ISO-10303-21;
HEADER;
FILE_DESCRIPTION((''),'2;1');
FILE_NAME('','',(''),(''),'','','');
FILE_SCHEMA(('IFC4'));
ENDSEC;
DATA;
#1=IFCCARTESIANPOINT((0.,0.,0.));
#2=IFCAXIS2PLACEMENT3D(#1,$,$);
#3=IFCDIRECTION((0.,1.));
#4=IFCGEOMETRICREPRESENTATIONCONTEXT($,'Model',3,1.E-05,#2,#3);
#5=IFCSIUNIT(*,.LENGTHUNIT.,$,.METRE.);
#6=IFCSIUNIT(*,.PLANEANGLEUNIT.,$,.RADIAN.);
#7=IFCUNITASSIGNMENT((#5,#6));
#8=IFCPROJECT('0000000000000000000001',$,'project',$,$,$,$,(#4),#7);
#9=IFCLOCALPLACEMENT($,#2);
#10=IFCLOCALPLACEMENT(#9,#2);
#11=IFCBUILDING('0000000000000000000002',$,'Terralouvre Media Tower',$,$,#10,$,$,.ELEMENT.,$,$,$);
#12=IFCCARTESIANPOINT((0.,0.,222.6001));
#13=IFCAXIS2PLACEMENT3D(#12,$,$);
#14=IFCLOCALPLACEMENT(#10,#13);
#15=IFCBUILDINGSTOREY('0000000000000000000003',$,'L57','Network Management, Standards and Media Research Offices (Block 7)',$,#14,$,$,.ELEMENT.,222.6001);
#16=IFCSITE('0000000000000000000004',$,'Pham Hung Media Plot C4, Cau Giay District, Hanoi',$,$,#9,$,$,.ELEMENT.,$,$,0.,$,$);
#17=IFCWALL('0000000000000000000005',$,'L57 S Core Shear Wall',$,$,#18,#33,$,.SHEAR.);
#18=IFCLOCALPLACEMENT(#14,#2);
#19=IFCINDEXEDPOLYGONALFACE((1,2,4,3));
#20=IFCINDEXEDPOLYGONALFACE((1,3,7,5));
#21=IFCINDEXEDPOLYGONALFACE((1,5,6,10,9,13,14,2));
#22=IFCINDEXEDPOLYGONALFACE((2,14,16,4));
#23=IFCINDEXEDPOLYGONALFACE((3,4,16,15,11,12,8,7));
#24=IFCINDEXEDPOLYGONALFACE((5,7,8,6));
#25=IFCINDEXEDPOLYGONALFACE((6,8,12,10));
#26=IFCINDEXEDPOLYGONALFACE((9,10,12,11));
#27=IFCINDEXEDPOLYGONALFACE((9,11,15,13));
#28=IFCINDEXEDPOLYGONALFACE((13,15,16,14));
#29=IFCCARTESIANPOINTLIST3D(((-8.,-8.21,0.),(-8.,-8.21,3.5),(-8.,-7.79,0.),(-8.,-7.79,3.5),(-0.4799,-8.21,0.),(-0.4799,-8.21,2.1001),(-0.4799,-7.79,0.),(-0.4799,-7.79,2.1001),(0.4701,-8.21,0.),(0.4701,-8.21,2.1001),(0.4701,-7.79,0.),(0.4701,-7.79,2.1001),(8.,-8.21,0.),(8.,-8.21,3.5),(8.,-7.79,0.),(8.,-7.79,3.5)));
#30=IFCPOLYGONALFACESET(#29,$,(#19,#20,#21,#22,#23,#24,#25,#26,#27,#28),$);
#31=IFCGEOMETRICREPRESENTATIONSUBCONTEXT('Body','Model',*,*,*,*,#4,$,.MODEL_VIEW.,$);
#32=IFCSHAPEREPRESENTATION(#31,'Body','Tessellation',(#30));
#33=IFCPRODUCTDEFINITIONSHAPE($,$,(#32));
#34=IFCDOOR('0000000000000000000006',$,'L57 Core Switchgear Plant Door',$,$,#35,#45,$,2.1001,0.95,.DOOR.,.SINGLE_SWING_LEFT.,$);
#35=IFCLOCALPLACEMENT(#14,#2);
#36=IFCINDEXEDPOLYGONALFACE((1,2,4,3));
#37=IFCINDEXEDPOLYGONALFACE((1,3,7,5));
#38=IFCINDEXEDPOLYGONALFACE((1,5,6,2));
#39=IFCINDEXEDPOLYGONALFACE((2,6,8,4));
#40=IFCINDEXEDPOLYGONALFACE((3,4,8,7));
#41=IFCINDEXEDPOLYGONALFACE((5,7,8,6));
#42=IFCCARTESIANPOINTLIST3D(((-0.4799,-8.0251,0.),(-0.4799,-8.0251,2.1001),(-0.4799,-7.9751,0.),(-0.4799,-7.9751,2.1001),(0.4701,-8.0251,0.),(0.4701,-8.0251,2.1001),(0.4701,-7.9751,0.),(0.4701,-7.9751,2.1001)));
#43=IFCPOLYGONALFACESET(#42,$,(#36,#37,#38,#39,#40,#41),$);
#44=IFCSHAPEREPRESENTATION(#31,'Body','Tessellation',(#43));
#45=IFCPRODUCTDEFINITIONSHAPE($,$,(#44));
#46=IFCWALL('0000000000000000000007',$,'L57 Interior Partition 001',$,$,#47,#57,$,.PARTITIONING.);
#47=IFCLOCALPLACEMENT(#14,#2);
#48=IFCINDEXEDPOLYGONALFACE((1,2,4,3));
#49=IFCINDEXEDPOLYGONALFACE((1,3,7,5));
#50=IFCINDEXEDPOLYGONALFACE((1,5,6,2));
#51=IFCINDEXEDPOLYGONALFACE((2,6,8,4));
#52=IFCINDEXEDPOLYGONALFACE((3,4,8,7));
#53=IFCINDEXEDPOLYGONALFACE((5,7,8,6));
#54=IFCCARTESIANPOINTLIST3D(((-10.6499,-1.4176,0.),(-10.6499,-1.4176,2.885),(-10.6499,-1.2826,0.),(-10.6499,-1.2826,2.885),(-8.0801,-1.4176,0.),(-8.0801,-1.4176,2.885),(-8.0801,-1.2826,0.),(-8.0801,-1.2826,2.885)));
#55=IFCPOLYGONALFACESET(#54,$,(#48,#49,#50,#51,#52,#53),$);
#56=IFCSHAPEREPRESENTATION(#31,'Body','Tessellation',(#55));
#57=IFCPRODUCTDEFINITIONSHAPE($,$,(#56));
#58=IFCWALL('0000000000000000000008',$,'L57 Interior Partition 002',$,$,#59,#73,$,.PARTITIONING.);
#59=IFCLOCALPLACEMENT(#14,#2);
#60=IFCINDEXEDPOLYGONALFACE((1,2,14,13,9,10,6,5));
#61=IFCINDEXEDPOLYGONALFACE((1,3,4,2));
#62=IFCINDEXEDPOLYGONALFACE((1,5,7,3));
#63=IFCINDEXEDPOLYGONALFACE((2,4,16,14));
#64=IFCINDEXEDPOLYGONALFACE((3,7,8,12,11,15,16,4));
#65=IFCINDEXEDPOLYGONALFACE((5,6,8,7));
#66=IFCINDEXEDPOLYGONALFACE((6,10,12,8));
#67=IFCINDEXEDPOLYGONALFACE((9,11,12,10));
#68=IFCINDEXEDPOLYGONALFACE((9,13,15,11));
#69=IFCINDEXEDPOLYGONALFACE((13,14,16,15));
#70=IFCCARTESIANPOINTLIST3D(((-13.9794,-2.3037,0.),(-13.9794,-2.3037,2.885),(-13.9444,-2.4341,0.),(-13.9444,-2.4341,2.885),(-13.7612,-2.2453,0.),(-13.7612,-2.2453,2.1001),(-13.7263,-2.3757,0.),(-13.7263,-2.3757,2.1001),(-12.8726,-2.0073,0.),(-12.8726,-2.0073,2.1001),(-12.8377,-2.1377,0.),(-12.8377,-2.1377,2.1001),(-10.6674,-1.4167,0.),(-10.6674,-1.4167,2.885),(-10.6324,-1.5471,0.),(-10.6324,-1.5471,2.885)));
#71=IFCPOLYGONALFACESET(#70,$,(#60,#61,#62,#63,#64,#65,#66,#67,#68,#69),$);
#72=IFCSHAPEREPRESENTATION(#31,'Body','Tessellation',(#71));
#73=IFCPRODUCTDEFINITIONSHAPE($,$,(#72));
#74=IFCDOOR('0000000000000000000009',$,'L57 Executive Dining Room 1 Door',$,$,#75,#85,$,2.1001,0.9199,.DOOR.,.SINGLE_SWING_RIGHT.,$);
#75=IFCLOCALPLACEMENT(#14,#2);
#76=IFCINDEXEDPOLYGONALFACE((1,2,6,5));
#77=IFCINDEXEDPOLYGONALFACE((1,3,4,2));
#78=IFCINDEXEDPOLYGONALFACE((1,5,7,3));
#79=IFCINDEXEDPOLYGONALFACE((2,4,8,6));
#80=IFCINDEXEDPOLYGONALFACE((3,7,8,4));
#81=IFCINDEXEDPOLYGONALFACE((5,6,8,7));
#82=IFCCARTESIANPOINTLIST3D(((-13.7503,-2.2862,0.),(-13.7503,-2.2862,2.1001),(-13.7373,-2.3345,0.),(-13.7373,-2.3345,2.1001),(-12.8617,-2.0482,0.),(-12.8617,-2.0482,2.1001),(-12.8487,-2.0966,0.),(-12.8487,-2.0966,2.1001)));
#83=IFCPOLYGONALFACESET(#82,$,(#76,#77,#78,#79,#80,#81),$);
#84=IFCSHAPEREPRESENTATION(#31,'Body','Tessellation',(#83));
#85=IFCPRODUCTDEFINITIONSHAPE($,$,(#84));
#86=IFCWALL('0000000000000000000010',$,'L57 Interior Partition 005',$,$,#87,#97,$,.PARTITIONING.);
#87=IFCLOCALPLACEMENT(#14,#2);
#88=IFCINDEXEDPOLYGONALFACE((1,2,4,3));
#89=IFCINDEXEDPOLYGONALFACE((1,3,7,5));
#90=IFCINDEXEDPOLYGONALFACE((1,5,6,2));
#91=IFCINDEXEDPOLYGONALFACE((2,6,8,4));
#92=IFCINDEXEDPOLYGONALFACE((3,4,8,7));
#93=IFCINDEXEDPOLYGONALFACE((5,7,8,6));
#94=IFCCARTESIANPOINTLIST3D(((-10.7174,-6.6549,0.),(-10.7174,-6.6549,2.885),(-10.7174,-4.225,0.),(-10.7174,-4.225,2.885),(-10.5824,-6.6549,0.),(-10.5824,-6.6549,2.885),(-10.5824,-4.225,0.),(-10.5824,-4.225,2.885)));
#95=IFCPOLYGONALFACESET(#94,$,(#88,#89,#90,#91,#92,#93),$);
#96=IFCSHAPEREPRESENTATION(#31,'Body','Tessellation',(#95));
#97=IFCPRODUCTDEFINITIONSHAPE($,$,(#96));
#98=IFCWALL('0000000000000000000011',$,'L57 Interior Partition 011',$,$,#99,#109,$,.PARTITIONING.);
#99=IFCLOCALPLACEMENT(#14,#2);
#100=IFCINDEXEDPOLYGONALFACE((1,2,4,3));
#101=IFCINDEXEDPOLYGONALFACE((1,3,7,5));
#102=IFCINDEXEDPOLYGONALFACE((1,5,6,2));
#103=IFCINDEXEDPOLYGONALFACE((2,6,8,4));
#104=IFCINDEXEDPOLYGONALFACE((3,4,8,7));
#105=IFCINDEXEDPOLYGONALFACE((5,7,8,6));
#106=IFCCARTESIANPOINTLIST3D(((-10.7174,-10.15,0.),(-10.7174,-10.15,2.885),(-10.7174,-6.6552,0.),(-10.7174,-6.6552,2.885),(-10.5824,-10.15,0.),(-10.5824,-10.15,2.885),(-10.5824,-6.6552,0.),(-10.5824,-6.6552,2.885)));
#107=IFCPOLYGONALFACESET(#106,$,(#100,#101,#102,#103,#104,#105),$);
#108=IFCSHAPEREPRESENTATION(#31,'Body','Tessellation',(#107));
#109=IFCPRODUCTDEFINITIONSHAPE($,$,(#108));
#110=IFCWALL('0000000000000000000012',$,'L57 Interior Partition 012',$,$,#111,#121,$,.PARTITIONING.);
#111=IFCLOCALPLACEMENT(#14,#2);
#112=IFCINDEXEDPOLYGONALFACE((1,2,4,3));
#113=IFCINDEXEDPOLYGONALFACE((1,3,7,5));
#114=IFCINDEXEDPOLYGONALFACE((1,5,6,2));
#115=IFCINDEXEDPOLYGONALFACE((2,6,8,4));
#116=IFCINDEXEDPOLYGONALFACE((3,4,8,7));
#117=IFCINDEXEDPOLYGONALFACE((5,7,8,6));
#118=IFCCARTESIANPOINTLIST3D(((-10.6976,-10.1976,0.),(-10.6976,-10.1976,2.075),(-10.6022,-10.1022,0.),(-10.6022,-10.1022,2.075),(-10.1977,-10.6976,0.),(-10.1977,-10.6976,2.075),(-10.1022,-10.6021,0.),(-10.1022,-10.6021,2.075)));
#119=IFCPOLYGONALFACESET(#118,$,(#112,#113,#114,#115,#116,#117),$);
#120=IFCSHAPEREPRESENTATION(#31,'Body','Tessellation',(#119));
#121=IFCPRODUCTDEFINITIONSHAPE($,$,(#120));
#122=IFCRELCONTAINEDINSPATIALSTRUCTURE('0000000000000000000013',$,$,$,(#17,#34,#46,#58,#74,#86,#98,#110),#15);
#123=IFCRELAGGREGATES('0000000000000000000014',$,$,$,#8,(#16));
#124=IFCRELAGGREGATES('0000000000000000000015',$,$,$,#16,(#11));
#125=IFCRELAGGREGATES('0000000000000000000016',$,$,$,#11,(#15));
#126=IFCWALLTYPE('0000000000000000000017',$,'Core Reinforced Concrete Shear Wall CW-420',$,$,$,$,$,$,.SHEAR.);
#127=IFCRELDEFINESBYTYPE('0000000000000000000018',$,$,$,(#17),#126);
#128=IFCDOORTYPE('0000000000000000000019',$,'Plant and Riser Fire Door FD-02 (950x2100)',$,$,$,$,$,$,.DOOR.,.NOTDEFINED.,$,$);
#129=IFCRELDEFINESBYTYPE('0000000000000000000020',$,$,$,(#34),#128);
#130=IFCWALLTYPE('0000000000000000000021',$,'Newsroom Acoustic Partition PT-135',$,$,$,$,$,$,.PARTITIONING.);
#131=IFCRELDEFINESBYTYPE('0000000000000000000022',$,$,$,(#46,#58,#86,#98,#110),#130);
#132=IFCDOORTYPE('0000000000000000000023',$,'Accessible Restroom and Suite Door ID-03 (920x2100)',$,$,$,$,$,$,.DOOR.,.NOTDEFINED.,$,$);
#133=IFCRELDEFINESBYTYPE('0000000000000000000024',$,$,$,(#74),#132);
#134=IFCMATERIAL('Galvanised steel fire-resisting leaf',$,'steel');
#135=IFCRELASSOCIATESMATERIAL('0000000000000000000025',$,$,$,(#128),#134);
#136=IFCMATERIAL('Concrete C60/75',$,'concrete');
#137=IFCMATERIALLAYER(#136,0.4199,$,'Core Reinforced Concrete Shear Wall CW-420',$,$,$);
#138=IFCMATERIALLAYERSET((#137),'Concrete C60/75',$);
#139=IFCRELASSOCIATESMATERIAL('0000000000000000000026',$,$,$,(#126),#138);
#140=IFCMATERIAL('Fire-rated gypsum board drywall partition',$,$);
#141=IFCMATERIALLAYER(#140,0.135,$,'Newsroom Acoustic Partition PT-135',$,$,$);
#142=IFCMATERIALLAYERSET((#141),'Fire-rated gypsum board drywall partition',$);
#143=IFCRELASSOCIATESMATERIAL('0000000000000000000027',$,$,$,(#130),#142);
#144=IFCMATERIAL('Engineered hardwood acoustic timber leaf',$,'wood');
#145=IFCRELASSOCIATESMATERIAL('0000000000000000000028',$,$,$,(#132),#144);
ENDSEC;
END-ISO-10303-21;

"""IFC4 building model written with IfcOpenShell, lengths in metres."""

from ifc_helpers import new_model, si_unit, direction, frame, frame_2d, origin, place, context, subcontext, project, spatial, rectangle, extrude, material, layer, layer_set, type_object, element, fill, save


model = new_model("IFC4")

# Units and contexts
model_context = context("Model", 3, precision=1e-05, world=origin(), true_north=direction((0.0, 1.0)))
body_context = subcontext(model_context, "Body", "Model", "MODEL_VIEW")
ifc_project = project(units=[si_unit("LENGTHUNIT", "METRE"), si_unit("PLANEANGLEUNIT", "RADIAN")], contexts=[model_context])

# Site, building, storey
site_placement = place(None, origin())
site = spatial("IfcSite", under=ifc_project, at=site_placement, Name="Pham Hung Media Plot C4, Cau Giay District, Hanoi", CompositionType="ELEMENT", RefElevation=0.0)
building_placement = place(site_placement, origin())
building = spatial("IfcBuilding", under=site, at=building_placement, Name="Terralouvre Media Tower", CompositionType="ELEMENT")
storey_placement = place(building_placement, frame((0.0, 0.0, 222.6001)))
storey = spatial("IfcBuildingStorey", under=building, at=storey_placement, Name="L57", Description="Network Management, Standards and Media Research Offices (Block 7)", CompositionType="ELEMENT", Elevation=222.6001)

# Shared definitions
ifc_material_1 = material(Name="Galvanised steel fire-resisting leaf", Category="steel")
door_type_1 = type_object("IfcDoorType", Name="Plant and Riser Fire Door FD-02 (950x2100)", OperationType="NOTDEFINED", PredefinedType="DOOR", material=ifc_material_1)
ifc_material_2 = material(Name="Concrete C60/75", Category="concrete")
ifc_layer_1 = layer(ifc_material_2, 0.4199, Name="Core Reinforced Concrete Shear Wall CW-420")
ifc_layer_set_1 = layer_set([ifc_layer_1], Name="Concrete C60/75")
wall_type_1 = type_object("IfcWallType", Name="Core Reinforced Concrete Shear Wall CW-420", PredefinedType="SHEAR", material=ifc_layer_set_1)

# Wall, opening, door
wall_1_placement = place(storey_placement, frame((-8.0, -8.0, 0.0), z_axis=(0.0, 0.0, 1.0), x_axis=(1.0, 0.0, 0.0)))
wall_1 = element("IfcWall", 1, at=wall_1_placement, inside=storey, type_object=wall_type_1, Name="L57 S Core Shear Wall", PredefinedType="SHEAR", context=body_context, shape_type="SweptSolid", body=[
    extrude(rectangle(XDim=16.0, YDim=0.4199, at=frame_2d((8.0, 0.0))), origin(), (0.0, 0.0, 1.0), 3.5),
])
opening_1_placement = place(wall_1_placement, frame((7.52, 0.0, 0.0)))
opening_1 = element("IfcOpeningElement", 2, at=opening_1_placement, cuts=wall_1, PredefinedType="OPENING", context=body_context, shape_type="SweptSolid", body=[
    extrude(rectangle(XDim=0.95, YDim=2.1001, at=frame_2d((0.4751, 1.05))), frame((0.0, 0.22, 0.0), z_axis=(0.0, -1.0, 0.0), x_axis=(1.0, 0.0, 0.0)), (0.0, 0.0, 1.0), 0.4399),
])
door_1_placement = place(opening_1_placement, origin())
door_1 = element("IfcDoor", 3, at=door_1_placement, inside=storey, type_object=door_type_1, Name="L57 Core Switchgear Plant Door", OperationType="SINGLE_SWING_LEFT", OverallHeight=2.1001, OverallWidth=0.95, PredefinedType="DOOR", context=body_context, shape_type="SweptSolid", body=[
    extrude(rectangle(XDim=0.95, YDim=2.1001, at=frame_2d((0.4751, 1.05))), frame((0.0, 0.0249, 0.0), z_axis=(0.0, -1.0, 0.0), x_axis=(1.0, 0.0, 0.0)), (0.0, 0.0, 1.0), 0.05),
])
fill(opening_1, door_1)

# Wall
ifc_material_3 = material(Name="Fire-rated gypsum board drywall partition")
ifc_layer_2 = layer(ifc_material_3, 0.135, Name="Newsroom Acoustic Partition PT-135")
ifc_layer_set_2 = layer_set([ifc_layer_2], Name="Fire-rated gypsum board drywall partition")
wall_type_2 = type_object("IfcWallType", Name="Newsroom Acoustic Partition PT-135", PredefinedType="PARTITIONING", material=ifc_layer_set_2)
wall_2_placement = place(storey_placement, frame((-8.0801, -1.3501, 0.0), z_axis=(0.0, 0.0, 1.0), x_axis=(-1.0, 0.0, 0.0)))
element("IfcWall", 4, at=wall_2_placement, inside=storey, type_object=wall_type_2, Name="L57 Interior Partition 001", PredefinedType="PARTITIONING", context=body_context, shape_type="SweptSolid", body=[
    extrude(rectangle(XDim=2.5698, YDim=0.135, at=frame_2d((1.2849, 0.0))), origin(), (0.0, 0.0, 1.0), 2.885),
])

# Wall, opening, door
wall_3_placement = place(storey_placement, frame((-10.6499, -1.4819, 0.0), z_axis=(0.0, 0.0, 1.0), x_axis=(-0.965961, -0.258686, 0.0)))
wall_3 = element("IfcWall", 5, at=wall_3_placement, inside=storey, type_object=wall_type_2, Name="L57 Interior Partition 002", PredefinedType="PARTITIONING", context=body_context, shape_type="SweptSolid", body=[
    extrude(rectangle(XDim=3.4287, YDim=0.135, at=frame_2d((1.7144, 0.0))), origin(), (0.0, 0.0, 1.0), 2.885),
])
opening_2_placement = place(wall_3_placement, frame((2.283, 0.0, 0.0)))
opening_2 = element("IfcOpeningElement", 6, at=opening_2_placement, cuts=wall_3, PredefinedType="OPENING", context=body_context, shape_type="SweptSolid", body=[
    extrude(rectangle(XDim=0.9199, YDim=2.1001, at=frame_2d((0.46, 1.05))), frame((0.0, 0.0774, 0.0), z_axis=(0.0, -1.0, 0.0), x_axis=(1.0, 0.0, 0.0)), (0.0, 0.0, 1.0), 0.155),
])
ifc_material_4 = material(Name="Engineered hardwood acoustic timber leaf", Category="wood")
door_type_2 = type_object("IfcDoorType", Name="Accessible Restroom and Suite Door ID-03 (920x2100)", OperationType="NOTDEFINED", PredefinedType="DOOR", material=ifc_material_4)
door_2_placement = place(opening_2_placement, origin())
door_2 = element("IfcDoor", 7, at=door_2_placement, inside=storey, type_object=door_type_2, Name="L57 Executive Dining Room 1 Door", OperationType="SINGLE_SWING_RIGHT", OverallHeight=2.1001, OverallWidth=0.9199, PredefinedType="DOOR", context=body_context, shape_type="SweptSolid", body=[
    extrude(rectangle(XDim=0.9199, YDim=2.1001, at=frame_2d((0.46, 1.05))), frame((0.0, 0.0249, 0.0), z_axis=(0.0, -1.0, 0.0), x_axis=(1.0, 0.0, 0.0)), (0.0, 0.0, 1.0), 0.05),
])
fill(opening_2, door_2)

# Walls
wall_4_placement = place(storey_placement, frame((-10.6499, -4.2251, 0.0), z_axis=(0.0, 0.0, 1.0), x_axis=(0.0, -1.0, 0.0)))
element("IfcWall", 8, at=wall_4_placement, inside=storey, type_object=wall_type_2, Name="L57 Interior Partition 005", PredefinedType="PARTITIONING", context=body_context, shape_type="SweptSolid", body=[
    extrude(rectangle(XDim=2.4299, YDim=0.135, at=frame_2d((1.2148, 0.0))), origin(), (0.0, 0.0, 1.0), 2.885),
])
wall_5_placement = place(storey_placement, frame((-10.6499, -6.655, 0.0), z_axis=(0.0, 0.0, 1.0), x_axis=(0.0, -1.0, 0.0)))
element("IfcWall", 9, at=wall_5_placement, inside=storey, type_object=wall_type_2, Name="L57 Interior Partition 011", PredefinedType="PARTITIONING", context=body_context, shape_type="SweptSolid", body=[
    extrude(rectangle(XDim=3.4949, YDim=0.135, at=frame_2d((1.7476, 0.0))), origin(), (0.0, 0.0, 1.0), 2.885),
])
wall_6_placement = place(storey_placement, frame((-10.6499, -10.1499, 0.0), z_axis=(0.0, 0.0, 1.0), x_axis=(0.707107, -0.707107, 0.0)))
element("IfcWall", 10, at=wall_6_placement, inside=storey, type_object=wall_type_2, Name="L57 Interior Partition 012", PredefinedType="PARTITIONING", context=body_context, shape_type="SweptSolid", body=[
    extrude(rectangle(XDim=0.707, YDim=0.135, at=frame_2d((0.3535, 0.0))), origin(), (0.0, 0.0, 1.0), 2.075),
])

save(model, "model.ifc")
